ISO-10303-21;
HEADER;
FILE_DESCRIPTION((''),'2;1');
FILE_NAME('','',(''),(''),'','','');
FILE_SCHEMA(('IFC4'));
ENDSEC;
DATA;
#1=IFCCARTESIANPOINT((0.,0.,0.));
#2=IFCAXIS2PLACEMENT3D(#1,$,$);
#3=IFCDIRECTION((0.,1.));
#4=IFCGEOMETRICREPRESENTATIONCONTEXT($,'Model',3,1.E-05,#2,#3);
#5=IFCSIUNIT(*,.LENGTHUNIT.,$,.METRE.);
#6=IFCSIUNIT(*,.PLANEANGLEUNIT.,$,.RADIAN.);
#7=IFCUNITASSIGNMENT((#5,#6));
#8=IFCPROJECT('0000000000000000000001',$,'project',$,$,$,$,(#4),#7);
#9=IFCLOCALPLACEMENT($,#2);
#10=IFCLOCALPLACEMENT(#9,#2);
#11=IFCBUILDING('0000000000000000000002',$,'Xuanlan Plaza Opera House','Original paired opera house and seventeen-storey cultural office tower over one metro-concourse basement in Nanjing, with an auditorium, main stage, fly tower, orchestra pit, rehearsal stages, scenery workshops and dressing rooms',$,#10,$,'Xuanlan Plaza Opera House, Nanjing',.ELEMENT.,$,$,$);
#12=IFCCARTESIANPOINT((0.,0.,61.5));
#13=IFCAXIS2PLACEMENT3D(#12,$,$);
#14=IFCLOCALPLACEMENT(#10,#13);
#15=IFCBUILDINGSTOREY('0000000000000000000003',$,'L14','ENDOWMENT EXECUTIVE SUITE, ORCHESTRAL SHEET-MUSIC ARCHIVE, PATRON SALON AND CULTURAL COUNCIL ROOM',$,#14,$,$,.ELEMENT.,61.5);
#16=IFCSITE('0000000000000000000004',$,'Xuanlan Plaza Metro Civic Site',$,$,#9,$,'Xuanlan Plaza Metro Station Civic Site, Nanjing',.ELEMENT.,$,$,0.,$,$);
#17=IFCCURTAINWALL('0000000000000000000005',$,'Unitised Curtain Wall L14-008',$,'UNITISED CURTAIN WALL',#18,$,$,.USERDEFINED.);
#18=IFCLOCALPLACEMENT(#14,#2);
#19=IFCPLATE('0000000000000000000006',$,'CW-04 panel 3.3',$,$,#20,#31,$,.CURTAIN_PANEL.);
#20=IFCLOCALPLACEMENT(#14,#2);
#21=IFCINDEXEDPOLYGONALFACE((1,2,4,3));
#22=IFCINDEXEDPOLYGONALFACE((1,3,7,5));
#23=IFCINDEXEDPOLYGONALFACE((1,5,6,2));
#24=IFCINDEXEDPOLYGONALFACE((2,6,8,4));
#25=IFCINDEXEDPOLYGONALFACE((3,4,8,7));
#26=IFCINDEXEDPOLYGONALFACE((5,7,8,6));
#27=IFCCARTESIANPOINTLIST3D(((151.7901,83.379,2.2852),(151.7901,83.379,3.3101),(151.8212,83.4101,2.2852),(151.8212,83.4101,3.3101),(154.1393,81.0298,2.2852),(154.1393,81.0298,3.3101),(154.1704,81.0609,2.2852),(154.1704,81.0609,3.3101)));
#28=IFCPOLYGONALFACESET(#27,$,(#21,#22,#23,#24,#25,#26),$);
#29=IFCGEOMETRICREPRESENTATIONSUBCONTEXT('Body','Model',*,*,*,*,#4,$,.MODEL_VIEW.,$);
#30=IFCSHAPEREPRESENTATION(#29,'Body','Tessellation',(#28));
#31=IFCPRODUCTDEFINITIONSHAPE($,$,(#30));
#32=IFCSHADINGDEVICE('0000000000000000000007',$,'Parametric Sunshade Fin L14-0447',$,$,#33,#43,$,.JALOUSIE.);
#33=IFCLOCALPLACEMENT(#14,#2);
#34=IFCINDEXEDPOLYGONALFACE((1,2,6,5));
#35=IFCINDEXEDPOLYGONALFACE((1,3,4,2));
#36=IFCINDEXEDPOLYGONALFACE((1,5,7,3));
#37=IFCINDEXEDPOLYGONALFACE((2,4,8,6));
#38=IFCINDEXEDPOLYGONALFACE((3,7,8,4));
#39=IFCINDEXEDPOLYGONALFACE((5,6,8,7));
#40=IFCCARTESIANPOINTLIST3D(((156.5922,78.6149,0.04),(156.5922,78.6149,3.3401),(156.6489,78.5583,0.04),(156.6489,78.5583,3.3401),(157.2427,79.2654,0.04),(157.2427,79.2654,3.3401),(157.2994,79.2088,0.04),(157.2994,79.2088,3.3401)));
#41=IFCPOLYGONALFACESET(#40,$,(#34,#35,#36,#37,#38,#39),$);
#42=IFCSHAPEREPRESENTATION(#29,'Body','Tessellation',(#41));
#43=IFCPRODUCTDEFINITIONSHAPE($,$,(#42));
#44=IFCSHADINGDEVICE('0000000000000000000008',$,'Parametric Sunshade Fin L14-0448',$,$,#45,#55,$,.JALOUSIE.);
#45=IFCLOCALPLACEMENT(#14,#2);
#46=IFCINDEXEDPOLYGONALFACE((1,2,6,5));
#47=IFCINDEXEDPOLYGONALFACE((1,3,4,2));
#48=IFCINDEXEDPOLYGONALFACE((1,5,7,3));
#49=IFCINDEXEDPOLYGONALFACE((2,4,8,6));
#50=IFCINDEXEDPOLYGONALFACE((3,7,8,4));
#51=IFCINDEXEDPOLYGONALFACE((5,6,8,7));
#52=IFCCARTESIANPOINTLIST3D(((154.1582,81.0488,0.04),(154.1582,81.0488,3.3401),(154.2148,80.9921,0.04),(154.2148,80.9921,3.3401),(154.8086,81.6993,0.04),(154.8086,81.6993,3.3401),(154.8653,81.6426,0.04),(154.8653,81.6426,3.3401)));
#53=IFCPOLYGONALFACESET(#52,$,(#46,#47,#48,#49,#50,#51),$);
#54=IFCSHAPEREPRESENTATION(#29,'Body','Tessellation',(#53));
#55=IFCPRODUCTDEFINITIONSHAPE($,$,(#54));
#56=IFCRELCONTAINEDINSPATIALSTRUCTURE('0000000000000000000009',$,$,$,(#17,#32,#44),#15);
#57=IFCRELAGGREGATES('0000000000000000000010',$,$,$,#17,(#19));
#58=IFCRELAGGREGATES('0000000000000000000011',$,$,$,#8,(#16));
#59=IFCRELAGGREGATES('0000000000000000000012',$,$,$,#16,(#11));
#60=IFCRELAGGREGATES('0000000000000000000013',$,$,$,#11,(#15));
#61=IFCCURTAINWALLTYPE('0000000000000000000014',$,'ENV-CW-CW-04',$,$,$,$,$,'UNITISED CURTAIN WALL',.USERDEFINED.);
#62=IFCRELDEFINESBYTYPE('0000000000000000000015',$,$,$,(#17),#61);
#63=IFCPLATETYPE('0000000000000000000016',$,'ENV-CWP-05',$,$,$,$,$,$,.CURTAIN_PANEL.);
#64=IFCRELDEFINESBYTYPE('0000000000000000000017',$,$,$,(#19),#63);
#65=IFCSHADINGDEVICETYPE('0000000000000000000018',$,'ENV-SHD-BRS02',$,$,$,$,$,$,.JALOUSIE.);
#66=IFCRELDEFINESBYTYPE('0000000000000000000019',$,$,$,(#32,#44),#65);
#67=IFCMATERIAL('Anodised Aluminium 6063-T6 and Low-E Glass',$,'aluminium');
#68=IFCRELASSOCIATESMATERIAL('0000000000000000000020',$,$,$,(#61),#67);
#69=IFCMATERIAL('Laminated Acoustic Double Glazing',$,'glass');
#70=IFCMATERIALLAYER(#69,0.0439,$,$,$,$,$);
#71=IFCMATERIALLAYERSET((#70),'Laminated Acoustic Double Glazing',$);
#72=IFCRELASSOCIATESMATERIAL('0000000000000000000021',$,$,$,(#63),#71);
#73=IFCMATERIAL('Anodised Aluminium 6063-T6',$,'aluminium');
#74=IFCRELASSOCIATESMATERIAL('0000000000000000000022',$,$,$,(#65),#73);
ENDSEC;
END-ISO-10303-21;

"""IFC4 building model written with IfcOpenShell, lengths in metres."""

from ifc_helpers import new_model, si_unit, direction, frame, origin, origin_2d, place, context, subcontext, project, spatial, rectangle, extrude, material, layer, layer_set, type_object, element, aggregate, save


model = new_model("IFC4")

# Units and contexts
model_context = context("Model", 3, precision=1e-05, world=origin(), true_north=direction((0.0, 1.0)))
body_context = subcontext(model_context, "Body", "Model", "MODEL_VIEW")
ifc_project = project(units=[si_unit("LENGTHUNIT", "METRE"), si_unit("PLANEANGLEUNIT", "RADIAN")], contexts=[model_context])

# Site, building, storey
site_placement = place(None, origin())
site = spatial("IfcSite", under=ifc_project, at=site_placement, Name="Xuanlan Plaza Metro Civic Site", LongName="Xuanlan Plaza Metro Station Civic Site, Nanjing", CompositionType="ELEMENT", RefElevation=0.0)
building_placement = place(site_placement, origin())
building = spatial("IfcBuilding", under=site, at=building_placement, Name="Xuanlan Plaza Opera House", Description="Original paired opera house and seventeen-storey cultural office tower over one metro-concourse basement in Nanjing, with an auditorium, main stage, fly tower, orchestra pit, rehearsal stages, scenery workshops and dressing rooms", LongName="Xuanlan Plaza Opera House, Nanjing", CompositionType="ELEMENT")
storey_placement = place(building_placement, frame((0.0, 0.0, 61.5)))
storey = spatial("IfcBuildingStorey", under=building, at=storey_placement, Name="L14", Description="ENDOWMENT EXECUTIVE SUITE, ORCHESTRAL SHEET-MUSIC ARCHIVE, PATRON SALON AND CULTURAL COUNCIL ROOM", CompositionType="ELEMENT", Elevation=61.5)

# Curtain wall
ifc_material_1 = material(Name="Anodised Aluminium 6063-T6 and Low-E Glass", Category="aluminium")
curtain_wall_type = type_object("IfcCurtainWallType", Name="ENV-CW-CW-04", ElementType="UNITISED CURTAIN WALL", PredefinedType="USERDEFINED", material=ifc_material_1)
curtain_wall_placement = place(storey_placement, origin())
curtain_wall = element("IfcCurtainWall", 1, at=curtain_wall_placement, inside=storey, type_object=curtain_wall_type, Name="Unitised Curtain Wall L14-008", ObjectType="UNITISED CURTAIN WALL", PredefinedType="USERDEFINED")
ifc_material_2 = material(Name="Anodised Aluminium 6063-T6", Category="aluminium")

# Plate
ifc_material_3 = material(Name="Laminated Acoustic Double Glazing", Category="glass")
ifc_layer = layer(ifc_material_3, 0.0439)
ifc_layer_set = layer_set([ifc_layer], Name="Laminated Acoustic Double Glazing")
plate_type = type_object("IfcPlateType", Name="ENV-CWP-05", PredefinedType="CURTAIN_PANEL", material=ifc_layer_set)
plate_1_placement = place(storey_placement, frame((152.9802, 82.22, 2.2852), z_axis=(0.0, 0.0, 1.0), x_axis=(-0.707107, 0.707107, 0.0)))
plate_1 = element("IfcPlate", 2, at=plate_1_placement, type_object=plate_type, Name="CW-04 panel 3.3", PredefinedType="CURTAIN_PANEL", context=body_context, shape_type="SweptSolid", body=[
    extrude(rectangle(XDim=3.3223, YDim=0.0439, at=origin_2d()), origin(), (0.0, 0.0, 1.0), 1.0249),
])
aggregate(curtain_wall, [plate_1])

# Shading devices
shading_device_type = type_object("IfcShadingDeviceType", Name="ENV-SHD-BRS02", PredefinedType="JALOUSIE", material=ifc_material_2)
for number, where, z_axis, x_axis, name in (
    (3, (156.9458, 78.9119, 0.04), (0.0, 0.0, 1.0), (0.707107, 0.707107, 0.0), "Parametric Sunshade Fin L14-0447"),
    (4, (154.5117, 81.3457, 0.04), (0.0, 0.0, 1.0), (0.707107, 0.707107, 0.0), "Parametric Sunshade Fin L14-0448"),
):
    element("IfcShadingDevice", number, at=place(storey_placement, frame(where, z_axis=z_axis, x_axis=x_axis)), inside=storey, type_object=shading_device_type, Name=name, PredefinedType="JALOUSIE", context=body_context, shape_type="SweptSolid", body=[
        extrude(rectangle(XDim=0.9199, YDim=0.0801, at=origin_2d()), origin(), (0.0, 0.0, 1.0), 3.3),
    ])

save(model, "model.ifc")
